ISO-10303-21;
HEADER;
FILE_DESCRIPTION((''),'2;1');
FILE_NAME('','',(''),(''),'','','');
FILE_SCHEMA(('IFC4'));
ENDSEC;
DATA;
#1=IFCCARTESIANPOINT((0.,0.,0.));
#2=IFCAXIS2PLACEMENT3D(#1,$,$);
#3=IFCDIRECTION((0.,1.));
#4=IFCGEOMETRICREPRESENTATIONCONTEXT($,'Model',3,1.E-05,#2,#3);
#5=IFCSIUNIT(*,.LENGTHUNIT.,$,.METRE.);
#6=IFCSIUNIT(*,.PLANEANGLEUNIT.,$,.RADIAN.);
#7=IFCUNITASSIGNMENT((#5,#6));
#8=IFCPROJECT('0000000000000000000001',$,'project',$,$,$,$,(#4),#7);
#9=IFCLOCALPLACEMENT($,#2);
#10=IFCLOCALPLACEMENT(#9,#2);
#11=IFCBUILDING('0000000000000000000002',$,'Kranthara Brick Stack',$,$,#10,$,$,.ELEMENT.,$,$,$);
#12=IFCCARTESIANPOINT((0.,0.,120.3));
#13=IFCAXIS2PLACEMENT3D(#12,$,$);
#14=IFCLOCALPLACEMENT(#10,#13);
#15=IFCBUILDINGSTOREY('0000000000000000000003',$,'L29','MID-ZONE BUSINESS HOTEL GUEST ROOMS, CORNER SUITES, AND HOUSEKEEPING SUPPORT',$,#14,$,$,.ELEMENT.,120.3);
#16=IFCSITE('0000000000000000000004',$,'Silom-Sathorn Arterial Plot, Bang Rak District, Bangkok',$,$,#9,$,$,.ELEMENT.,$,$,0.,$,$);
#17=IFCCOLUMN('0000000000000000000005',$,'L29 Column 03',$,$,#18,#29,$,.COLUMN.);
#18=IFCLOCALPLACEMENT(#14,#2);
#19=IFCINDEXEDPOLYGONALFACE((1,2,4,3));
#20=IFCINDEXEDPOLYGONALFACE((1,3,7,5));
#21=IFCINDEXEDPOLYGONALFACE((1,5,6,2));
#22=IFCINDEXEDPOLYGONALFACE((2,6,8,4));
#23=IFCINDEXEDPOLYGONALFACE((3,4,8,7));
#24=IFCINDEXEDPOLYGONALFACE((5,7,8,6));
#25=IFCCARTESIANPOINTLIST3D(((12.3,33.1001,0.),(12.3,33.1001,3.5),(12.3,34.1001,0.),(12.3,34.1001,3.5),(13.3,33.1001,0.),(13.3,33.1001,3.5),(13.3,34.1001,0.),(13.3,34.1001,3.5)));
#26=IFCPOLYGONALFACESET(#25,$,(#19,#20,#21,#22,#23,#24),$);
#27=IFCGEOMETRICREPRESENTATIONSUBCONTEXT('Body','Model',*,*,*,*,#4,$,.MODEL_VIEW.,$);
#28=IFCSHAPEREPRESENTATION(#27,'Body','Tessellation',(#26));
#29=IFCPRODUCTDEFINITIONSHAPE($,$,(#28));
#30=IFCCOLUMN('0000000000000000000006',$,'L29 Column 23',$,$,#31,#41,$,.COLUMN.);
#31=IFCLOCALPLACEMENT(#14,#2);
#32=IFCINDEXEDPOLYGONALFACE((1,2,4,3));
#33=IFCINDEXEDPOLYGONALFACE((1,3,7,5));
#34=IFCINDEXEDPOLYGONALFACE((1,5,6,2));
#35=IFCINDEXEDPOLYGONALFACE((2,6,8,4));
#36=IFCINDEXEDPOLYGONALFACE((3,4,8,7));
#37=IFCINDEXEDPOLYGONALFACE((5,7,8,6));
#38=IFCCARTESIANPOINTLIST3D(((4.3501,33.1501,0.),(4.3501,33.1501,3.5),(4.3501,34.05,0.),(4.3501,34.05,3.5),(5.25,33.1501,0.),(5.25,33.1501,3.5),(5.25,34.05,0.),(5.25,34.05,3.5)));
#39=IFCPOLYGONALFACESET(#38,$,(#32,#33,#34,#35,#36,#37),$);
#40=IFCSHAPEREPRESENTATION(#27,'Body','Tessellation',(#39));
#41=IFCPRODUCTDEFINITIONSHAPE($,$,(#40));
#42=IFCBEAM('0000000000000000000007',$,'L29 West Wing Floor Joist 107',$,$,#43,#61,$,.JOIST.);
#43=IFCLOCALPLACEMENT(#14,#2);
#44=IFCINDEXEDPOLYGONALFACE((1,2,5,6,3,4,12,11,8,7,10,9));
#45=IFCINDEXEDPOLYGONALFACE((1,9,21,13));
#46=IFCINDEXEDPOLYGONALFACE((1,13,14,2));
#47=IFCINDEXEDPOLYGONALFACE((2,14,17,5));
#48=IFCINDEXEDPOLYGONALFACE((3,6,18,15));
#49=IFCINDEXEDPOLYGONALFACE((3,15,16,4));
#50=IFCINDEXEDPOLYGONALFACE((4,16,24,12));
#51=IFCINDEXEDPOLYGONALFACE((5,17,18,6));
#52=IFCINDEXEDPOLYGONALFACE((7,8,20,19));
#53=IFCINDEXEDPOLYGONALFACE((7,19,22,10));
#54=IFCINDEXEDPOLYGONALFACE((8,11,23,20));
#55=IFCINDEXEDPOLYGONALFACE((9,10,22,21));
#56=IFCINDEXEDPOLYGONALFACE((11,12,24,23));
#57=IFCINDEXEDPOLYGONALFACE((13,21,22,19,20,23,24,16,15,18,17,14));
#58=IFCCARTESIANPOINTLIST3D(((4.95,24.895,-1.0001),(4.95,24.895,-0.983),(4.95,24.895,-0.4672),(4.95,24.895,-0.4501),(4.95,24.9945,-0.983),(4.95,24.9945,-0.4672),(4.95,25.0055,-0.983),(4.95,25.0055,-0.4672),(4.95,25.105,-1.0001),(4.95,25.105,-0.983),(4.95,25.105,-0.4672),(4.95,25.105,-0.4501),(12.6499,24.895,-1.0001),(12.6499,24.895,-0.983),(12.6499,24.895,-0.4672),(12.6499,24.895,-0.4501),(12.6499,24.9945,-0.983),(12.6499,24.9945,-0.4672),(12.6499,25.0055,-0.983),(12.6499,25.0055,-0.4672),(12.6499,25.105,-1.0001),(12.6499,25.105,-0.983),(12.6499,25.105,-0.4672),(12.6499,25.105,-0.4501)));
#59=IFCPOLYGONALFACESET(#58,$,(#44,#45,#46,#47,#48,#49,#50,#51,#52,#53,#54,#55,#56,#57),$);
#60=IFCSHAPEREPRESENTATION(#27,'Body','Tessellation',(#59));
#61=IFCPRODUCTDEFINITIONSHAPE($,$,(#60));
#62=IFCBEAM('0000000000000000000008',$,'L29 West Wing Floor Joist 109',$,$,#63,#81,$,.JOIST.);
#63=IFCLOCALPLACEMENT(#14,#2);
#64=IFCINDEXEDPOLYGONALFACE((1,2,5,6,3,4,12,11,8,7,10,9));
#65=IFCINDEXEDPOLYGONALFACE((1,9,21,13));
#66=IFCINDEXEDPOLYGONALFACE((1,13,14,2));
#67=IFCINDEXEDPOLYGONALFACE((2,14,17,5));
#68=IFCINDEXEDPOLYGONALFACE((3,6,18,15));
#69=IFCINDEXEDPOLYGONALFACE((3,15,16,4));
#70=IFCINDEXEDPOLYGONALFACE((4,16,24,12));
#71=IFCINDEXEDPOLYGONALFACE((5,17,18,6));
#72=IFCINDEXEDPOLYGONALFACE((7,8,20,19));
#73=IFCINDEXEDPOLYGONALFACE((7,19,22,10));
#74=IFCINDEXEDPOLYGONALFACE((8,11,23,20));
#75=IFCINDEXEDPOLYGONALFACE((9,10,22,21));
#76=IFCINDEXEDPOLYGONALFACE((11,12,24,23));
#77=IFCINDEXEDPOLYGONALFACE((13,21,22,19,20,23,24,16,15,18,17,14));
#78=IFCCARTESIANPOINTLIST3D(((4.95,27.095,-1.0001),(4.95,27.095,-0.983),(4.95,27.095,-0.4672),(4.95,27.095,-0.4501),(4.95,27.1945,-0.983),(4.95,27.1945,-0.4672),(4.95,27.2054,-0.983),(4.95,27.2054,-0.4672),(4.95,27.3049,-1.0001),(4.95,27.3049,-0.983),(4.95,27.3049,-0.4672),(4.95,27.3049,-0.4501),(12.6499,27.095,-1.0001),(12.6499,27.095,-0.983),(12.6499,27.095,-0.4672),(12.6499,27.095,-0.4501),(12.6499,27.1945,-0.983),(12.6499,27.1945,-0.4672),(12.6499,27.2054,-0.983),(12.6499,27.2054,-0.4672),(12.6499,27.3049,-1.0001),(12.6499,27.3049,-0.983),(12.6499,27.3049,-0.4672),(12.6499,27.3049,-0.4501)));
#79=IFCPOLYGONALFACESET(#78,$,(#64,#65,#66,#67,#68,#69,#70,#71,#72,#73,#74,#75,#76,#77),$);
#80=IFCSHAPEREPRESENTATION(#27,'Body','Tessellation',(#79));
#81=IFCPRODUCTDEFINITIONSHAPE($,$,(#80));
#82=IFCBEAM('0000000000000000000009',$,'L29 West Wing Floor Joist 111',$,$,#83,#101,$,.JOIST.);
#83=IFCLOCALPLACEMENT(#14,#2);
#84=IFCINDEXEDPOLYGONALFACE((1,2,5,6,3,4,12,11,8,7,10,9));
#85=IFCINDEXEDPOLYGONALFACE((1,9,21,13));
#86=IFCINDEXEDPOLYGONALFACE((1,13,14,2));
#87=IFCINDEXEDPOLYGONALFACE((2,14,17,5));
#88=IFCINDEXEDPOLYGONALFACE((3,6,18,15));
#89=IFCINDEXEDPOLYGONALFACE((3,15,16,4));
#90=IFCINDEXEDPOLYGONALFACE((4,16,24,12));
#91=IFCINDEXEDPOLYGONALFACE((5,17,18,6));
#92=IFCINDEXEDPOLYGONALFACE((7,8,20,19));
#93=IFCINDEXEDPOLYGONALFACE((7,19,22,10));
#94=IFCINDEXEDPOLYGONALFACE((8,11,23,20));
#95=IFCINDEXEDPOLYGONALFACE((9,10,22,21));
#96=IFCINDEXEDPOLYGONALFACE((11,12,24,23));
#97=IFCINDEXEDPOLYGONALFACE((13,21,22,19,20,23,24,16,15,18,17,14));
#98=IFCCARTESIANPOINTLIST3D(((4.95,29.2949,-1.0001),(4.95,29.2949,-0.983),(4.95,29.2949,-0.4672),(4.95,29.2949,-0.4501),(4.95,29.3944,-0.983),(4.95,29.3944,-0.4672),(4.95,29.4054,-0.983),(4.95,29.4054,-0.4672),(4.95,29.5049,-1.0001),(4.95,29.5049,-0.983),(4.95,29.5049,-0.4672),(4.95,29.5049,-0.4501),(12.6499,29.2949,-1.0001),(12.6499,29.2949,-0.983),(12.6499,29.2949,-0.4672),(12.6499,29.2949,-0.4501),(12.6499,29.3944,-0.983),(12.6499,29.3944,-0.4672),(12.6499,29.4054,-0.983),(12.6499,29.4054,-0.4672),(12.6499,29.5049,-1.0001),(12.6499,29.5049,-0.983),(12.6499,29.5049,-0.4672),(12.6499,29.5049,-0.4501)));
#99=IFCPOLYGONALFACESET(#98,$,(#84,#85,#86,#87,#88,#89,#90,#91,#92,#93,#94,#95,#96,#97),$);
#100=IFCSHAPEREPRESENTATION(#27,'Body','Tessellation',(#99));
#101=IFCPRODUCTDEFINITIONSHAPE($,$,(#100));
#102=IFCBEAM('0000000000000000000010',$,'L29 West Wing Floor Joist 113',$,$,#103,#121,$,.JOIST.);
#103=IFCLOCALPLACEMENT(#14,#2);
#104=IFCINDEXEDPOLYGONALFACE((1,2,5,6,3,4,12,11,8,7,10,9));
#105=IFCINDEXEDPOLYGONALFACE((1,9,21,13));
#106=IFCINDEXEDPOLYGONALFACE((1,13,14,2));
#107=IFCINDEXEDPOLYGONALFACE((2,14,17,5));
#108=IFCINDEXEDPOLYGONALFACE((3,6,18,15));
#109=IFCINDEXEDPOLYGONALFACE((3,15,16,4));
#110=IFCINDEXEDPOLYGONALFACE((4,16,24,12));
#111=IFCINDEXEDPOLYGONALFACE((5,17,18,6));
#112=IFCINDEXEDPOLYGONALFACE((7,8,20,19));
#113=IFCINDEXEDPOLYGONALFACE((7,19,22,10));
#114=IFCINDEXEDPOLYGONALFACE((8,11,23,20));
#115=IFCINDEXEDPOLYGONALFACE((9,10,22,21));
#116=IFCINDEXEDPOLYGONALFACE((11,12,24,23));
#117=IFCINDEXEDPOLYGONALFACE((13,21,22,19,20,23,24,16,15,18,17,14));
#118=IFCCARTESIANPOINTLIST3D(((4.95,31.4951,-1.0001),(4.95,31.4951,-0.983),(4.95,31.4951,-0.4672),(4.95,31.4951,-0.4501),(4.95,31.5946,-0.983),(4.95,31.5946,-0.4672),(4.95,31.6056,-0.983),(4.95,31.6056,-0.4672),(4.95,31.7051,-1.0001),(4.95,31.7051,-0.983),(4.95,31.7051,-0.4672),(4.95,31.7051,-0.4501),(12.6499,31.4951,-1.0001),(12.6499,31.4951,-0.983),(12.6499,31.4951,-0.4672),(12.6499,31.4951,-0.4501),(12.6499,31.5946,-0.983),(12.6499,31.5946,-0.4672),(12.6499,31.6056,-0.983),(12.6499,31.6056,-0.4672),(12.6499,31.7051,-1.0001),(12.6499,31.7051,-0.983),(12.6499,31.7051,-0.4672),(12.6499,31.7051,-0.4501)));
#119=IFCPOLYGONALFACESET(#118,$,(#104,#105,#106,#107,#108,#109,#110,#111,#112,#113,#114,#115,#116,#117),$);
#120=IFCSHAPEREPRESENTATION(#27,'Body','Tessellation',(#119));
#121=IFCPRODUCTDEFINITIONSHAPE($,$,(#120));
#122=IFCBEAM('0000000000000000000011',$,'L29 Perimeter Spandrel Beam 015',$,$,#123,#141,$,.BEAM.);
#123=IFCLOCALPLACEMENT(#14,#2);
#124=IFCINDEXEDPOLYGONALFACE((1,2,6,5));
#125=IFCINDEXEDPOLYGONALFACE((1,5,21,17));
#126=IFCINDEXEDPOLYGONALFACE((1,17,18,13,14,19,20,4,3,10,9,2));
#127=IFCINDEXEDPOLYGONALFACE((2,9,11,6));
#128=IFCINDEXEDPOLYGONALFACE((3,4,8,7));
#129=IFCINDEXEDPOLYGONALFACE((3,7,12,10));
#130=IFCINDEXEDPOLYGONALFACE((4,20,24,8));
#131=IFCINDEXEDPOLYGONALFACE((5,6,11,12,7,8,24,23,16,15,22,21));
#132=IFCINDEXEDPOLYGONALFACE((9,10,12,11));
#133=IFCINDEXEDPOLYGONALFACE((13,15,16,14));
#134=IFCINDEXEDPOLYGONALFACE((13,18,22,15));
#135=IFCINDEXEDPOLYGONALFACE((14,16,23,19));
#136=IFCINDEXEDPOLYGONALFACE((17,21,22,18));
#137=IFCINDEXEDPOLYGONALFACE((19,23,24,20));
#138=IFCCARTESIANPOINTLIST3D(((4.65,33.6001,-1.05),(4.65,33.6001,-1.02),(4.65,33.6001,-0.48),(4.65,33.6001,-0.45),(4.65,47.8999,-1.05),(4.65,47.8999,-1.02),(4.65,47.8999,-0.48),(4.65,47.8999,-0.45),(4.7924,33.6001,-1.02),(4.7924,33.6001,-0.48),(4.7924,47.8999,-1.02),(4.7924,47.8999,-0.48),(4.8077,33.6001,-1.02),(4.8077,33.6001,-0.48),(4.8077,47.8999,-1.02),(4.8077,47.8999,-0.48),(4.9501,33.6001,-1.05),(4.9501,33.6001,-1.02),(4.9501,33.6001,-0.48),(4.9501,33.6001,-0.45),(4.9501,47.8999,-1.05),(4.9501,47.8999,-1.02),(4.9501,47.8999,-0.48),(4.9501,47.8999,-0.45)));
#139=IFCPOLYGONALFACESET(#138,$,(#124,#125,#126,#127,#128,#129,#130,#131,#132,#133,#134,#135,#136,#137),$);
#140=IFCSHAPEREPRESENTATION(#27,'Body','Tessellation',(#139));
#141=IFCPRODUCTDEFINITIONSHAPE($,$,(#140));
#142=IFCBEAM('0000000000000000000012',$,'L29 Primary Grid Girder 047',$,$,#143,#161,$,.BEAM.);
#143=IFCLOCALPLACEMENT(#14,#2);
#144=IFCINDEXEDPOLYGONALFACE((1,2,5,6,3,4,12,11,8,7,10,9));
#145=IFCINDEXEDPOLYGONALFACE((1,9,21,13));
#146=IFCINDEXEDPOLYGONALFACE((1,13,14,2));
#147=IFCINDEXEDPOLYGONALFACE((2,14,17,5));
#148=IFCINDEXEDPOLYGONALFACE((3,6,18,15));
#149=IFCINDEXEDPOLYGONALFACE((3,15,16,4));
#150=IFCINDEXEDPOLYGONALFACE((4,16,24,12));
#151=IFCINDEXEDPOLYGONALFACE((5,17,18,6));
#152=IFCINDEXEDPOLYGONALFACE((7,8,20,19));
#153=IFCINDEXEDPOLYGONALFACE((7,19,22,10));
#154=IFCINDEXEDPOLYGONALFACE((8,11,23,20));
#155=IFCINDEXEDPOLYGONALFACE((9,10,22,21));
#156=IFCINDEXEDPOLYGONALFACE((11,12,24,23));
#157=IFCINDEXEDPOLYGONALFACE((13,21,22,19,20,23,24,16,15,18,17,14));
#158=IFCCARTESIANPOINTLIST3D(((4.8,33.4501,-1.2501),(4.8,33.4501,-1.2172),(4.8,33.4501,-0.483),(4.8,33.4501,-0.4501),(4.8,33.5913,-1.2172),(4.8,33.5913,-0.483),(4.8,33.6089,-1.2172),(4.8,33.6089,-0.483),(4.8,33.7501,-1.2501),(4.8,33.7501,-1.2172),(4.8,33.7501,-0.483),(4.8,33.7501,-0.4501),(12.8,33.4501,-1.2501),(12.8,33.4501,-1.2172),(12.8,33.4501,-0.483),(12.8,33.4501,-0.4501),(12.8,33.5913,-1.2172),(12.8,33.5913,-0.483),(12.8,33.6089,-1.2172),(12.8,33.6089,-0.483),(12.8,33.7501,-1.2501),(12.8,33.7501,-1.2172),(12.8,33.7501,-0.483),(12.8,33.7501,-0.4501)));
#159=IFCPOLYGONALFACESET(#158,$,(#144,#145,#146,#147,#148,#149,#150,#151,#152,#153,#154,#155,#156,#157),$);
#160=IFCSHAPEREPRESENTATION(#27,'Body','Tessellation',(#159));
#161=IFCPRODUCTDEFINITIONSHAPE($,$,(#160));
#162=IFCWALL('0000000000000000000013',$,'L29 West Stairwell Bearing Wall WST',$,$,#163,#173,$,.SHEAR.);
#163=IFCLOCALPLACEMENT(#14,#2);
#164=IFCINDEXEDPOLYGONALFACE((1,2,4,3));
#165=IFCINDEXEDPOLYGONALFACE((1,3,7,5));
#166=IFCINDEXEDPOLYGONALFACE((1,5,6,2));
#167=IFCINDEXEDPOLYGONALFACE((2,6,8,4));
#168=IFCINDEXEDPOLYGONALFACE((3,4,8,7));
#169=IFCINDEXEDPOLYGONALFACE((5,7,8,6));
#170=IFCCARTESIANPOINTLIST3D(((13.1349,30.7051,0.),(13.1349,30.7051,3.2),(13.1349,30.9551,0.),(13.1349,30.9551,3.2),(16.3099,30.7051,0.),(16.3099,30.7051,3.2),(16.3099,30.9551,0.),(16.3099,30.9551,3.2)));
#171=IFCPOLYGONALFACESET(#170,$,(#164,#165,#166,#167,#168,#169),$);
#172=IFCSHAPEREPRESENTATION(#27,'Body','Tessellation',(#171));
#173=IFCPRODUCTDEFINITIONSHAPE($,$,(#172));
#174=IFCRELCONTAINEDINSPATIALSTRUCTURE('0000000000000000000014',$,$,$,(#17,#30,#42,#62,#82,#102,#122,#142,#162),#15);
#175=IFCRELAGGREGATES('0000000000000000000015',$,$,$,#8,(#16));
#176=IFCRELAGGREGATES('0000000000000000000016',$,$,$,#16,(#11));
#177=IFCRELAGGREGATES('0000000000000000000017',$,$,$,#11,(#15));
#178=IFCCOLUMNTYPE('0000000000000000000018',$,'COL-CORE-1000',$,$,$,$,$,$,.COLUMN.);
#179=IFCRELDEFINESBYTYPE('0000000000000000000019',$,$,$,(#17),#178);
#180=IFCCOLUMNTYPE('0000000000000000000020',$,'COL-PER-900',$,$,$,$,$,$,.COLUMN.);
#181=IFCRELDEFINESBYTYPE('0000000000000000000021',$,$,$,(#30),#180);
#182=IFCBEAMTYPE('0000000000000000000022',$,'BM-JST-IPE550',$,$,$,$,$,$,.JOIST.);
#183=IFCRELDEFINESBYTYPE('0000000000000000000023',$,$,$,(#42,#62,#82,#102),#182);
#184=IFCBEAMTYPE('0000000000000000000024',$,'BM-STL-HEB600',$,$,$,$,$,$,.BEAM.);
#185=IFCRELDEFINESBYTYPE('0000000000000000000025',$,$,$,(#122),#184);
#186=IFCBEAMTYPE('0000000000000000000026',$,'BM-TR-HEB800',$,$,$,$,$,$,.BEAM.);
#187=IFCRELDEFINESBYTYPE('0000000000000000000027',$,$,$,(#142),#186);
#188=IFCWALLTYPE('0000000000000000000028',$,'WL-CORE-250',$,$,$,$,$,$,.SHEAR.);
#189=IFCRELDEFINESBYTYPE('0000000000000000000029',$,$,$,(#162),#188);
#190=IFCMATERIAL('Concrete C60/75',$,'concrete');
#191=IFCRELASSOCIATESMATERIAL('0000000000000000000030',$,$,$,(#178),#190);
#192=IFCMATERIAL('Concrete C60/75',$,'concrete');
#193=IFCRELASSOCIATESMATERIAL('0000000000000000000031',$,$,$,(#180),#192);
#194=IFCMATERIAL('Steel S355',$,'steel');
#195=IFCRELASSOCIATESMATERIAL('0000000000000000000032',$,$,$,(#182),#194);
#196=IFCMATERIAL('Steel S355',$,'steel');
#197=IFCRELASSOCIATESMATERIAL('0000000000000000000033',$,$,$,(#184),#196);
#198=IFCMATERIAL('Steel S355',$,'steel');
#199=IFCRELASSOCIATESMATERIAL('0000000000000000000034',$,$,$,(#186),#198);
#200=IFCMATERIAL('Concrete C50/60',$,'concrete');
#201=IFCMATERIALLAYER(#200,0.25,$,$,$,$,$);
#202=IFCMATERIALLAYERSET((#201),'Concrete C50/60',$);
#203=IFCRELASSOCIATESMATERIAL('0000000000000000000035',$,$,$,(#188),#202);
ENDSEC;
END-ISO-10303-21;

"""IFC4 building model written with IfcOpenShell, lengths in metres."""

from ifc_helpers import new_model, si_unit, direction, frame, frame_2d, origin, origin_2d, place, context, subcontext, project, spatial, rectangle, i_section, extrude, material, layer, layer_set, material_profile, profile_set, type_object, element, save


model = new_model("IFC4")

# Units and contexts
model_context = context("Model", 3, precision=1e-05, world=origin(), true_north=direction((0.0, 1.0)))
body_context = subcontext(model_context, "Body", "Model", "MODEL_VIEW")
ifc_project = project(units=[si_unit("LENGTHUNIT", "METRE"), si_unit("PLANEANGLEUNIT", "RADIAN")], contexts=[model_context])

# Site, building, storey
site_placement = place(None, origin())
site = spatial("IfcSite", under=ifc_project, at=site_placement, Name="Silom-Sathorn Arterial Plot, Bang Rak District, Bangkok", CompositionType="ELEMENT", RefElevation=0.0)
building_placement = place(site_placement, origin())
building = spatial("IfcBuilding", under=site, at=building_placement, Name="Kranthara Brick Stack", CompositionType="ELEMENT")
storey_placement = place(building_placement, frame((0.0, 0.0, 120.3)))
storey = spatial("IfcBuildingStorey", under=building, at=storey_placement, Name="L29", Description="MID-ZONE BUSINESS HOTEL GUEST ROOMS, CORNER SUITES, AND HOUSEKEEPING SUPPORT", CompositionType="ELEMENT", Elevation=120.3)

# Columns
ifc_material_1 = material(Name="Concrete C60/75", Category="concrete")
ifc_material_profile_1 = material_profile(ifc_material_1, rectangle(XDim=1.0, YDim=1.0, at=origin_2d()), Name="RC 1000x1000")
ifc_profile_set_1 = profile_set([ifc_material_profile_1], Name="Concrete C60/75")
column_type_1 = type_object("IfcColumnType", Name="COL-CORE-1000", PredefinedType="COLUMN", material=ifc_profile_set_1)
column_1_placement = place(storey_placement, frame((12.8, 33.6001, 0.0), z_axis=(0.0, 0.0, 1.0), x_axis=(1.0, 0.0, 0.0)))
element("IfcColumn", 1, at=column_1_placement, inside=storey, type_object=column_type_1, Name="L29 Column 03", PredefinedType="COLUMN", context=body_context, shape_type="SweptSolid", body=[
    extrude(rectangle(XDim=1.0, YDim=1.0, at=origin_2d()), origin(), (0.0, 0.0, 1.0), 3.5),
])
ifc_material_2 = material(Name="Concrete C60/75", Category="concrete")
ifc_material_profile_2 = material_profile(ifc_material_2, rectangle(XDim=0.8999, YDim=0.8999, at=origin_2d()), Name="RC 900x900")
ifc_profile_set_2 = profile_set([ifc_material_profile_2], Name="Concrete C60/75")
column_type_2 = type_object("IfcColumnType", Name="COL-PER-900", PredefinedType="COLUMN", material=ifc_profile_set_2)
column_2_placement = place(storey_placement, frame((4.8, 33.6001, 0.0), z_axis=(0.0, 0.0, 1.0), x_axis=(1.0, 0.0, 0.0)))
element("IfcColumn", 2, at=column_2_placement, inside=storey, type_object=column_type_2, Name="L29 Column 23", PredefinedType="COLUMN", context=body_context, shape_type="SweptSolid", body=[
    extrude(rectangle(XDim=0.8999, YDim=0.8999, at=origin_2d()), origin(), (0.0, 0.0, 1.0), 3.5),
])

# Beams
ifc_material_3 = material(Name="Steel S355", Category="steel")
ifc_material_profile_3 = material_profile(ifc_material_3, i_section(OverallWidth=0.21, OverallDepth=0.55, WebThickness=0.011, FlangeThickness=0.0171, at=origin_2d()), Name="IPE 550")
ifc_profile_set_3 = profile_set([ifc_material_profile_3], Name="Steel S355")
beam_type_1 = type_object("IfcBeamType", Name="BM-JST-IPE550", PredefinedType="JOIST", material=ifc_profile_set_3)
for number, where, z_axis, x_axis, name in (
    (3, (4.95, 25.0, -0.7251), (1.0, 0.0, 0.0), (0.0, 1.0, 0.0), "L29 West Wing Floor Joist 107"),
    (4, (4.95, 27.2, -0.7251), (1.0, 0.0, 0.0), (0.0, 1.0, 0.0), "L29 West Wing Floor Joist 109"),
    (5, (4.95, 29.3999, -0.7251), (1.0, 0.0, 0.0), (0.0, 1.0, 0.0), "L29 West Wing Floor Joist 111"),
    (6, (4.95, 31.6001, -0.7251), (1.0, 0.0, 0.0), (0.0, 1.0, 0.0), "L29 West Wing Floor Joist 113"),
):
    element("IfcBeam", number, at=place(storey_placement, frame(where, z_axis=z_axis, x_axis=x_axis)), inside=storey, type_object=beam_type_1, Name=name, PredefinedType="JOIST", context=body_context, shape_type="SweptSolid", body=[
        extrude(i_section(OverallWidth=0.21, OverallDepth=0.55, WebThickness=0.011, FlangeThickness=0.0171, at=origin_2d()), origin(), (0.0, 0.0, 1.0), 7.7),
    ])
ifc_material_4 = material(Name="Steel S355", Category="steel")
ifc_material_profile_4 = material_profile(ifc_material_4, i_section(OverallWidth=0.3, OverallDepth=0.6001, WebThickness=0.0154, FlangeThickness=0.03, at=origin_2d()), Name="HEB 600")
ifc_profile_set_4 = profile_set([ifc_material_profile_4], Name="Steel S355")
beam_type_2 = type_object("IfcBeamType", Name="BM-STL-HEB600", PredefinedType="BEAM", material=ifc_profile_set_4)
beam_1_placement = place(storey_placement, frame((4.8, 33.6001, -0.75), z_axis=(0.0, 1.0, 0.0), x_axis=(-1.0, 0.0, 0.0)))
element("IfcBeam", 7, at=beam_1_placement, inside=storey, type_object=beam_type_2, Name="L29 Perimeter Spandrel Beam 015", PredefinedType="BEAM", context=body_context, shape_type="SweptSolid", body=[
    extrude(i_section(OverallWidth=0.3, OverallDepth=0.6001, WebThickness=0.0154, FlangeThickness=0.03, at=origin_2d()), origin(), (0.0, 0.0, 1.0), 14.2998),
])
ifc_material_5 = material(Name="Steel S355", Category="steel")
ifc_material_profile_5 = material_profile(ifc_material_5, i_section(OverallWidth=0.3, OverallDepth=0.8, WebThickness=0.0176, FlangeThickness=0.033, at=origin_2d()), Name="HEB 800")
ifc_profile_set_5 = profile_set([ifc_material_profile_5], Name="Steel S355")
beam_type_3 = type_object("IfcBeamType", Name="BM-TR-HEB800", PredefinedType="BEAM", material=ifc_profile_set_5)
beam_2_placement = place(storey_placement, frame((4.8, 33.6001, -0.8501), z_axis=(1.0, 0.0, 0.0), x_axis=(0.0, 1.0, 0.0)))
element("IfcBeam", 8, at=beam_2_placement, inside=storey, type_object=beam_type_3, Name="L29 Primary Grid Girder 047", PredefinedType="BEAM", context=body_context, shape_type="SweptSolid", body=[
    extrude(i_section(OverallWidth=0.3, OverallDepth=0.8, WebThickness=0.0176, FlangeThickness=0.033, at=origin_2d()), origin(), (0.0, 0.0, 1.0), 8.0),
])

# Wall
ifc_material_6 = material(Name="Concrete C50/60", Category="concrete")
ifc_layer_1 = layer(ifc_material_6, 0.25)
ifc_layer_set_1 = layer_set([ifc_layer_1], Name="Concrete C50/60")
wall_type_1 = type_object("IfcWallType", Name="WL-CORE-250", PredefinedType="SHEAR", material=ifc_layer_set_1)
wall_1_placement = place(storey_placement, frame((13.135, 30.8301, 0.0), z_axis=(0.0, 0.0, 1.0), x_axis=(1.0, 0.0, 0.0)))
element("IfcWall", 9, at=wall_1_placement, inside=storey, type_object=wall_type_1, Name="L29 West Stairwell Bearing Wall WST", PredefinedType="SHEAR", context=body_context, shape_type="SweptSolid", body=[
    extrude(rectangle(XDim=3.175, YDim=0.25, at=frame_2d((1.5874, 0.0))), origin(), (0.0, 0.0, 1.0), 3.2),
])

save(model, "model.ifc")
